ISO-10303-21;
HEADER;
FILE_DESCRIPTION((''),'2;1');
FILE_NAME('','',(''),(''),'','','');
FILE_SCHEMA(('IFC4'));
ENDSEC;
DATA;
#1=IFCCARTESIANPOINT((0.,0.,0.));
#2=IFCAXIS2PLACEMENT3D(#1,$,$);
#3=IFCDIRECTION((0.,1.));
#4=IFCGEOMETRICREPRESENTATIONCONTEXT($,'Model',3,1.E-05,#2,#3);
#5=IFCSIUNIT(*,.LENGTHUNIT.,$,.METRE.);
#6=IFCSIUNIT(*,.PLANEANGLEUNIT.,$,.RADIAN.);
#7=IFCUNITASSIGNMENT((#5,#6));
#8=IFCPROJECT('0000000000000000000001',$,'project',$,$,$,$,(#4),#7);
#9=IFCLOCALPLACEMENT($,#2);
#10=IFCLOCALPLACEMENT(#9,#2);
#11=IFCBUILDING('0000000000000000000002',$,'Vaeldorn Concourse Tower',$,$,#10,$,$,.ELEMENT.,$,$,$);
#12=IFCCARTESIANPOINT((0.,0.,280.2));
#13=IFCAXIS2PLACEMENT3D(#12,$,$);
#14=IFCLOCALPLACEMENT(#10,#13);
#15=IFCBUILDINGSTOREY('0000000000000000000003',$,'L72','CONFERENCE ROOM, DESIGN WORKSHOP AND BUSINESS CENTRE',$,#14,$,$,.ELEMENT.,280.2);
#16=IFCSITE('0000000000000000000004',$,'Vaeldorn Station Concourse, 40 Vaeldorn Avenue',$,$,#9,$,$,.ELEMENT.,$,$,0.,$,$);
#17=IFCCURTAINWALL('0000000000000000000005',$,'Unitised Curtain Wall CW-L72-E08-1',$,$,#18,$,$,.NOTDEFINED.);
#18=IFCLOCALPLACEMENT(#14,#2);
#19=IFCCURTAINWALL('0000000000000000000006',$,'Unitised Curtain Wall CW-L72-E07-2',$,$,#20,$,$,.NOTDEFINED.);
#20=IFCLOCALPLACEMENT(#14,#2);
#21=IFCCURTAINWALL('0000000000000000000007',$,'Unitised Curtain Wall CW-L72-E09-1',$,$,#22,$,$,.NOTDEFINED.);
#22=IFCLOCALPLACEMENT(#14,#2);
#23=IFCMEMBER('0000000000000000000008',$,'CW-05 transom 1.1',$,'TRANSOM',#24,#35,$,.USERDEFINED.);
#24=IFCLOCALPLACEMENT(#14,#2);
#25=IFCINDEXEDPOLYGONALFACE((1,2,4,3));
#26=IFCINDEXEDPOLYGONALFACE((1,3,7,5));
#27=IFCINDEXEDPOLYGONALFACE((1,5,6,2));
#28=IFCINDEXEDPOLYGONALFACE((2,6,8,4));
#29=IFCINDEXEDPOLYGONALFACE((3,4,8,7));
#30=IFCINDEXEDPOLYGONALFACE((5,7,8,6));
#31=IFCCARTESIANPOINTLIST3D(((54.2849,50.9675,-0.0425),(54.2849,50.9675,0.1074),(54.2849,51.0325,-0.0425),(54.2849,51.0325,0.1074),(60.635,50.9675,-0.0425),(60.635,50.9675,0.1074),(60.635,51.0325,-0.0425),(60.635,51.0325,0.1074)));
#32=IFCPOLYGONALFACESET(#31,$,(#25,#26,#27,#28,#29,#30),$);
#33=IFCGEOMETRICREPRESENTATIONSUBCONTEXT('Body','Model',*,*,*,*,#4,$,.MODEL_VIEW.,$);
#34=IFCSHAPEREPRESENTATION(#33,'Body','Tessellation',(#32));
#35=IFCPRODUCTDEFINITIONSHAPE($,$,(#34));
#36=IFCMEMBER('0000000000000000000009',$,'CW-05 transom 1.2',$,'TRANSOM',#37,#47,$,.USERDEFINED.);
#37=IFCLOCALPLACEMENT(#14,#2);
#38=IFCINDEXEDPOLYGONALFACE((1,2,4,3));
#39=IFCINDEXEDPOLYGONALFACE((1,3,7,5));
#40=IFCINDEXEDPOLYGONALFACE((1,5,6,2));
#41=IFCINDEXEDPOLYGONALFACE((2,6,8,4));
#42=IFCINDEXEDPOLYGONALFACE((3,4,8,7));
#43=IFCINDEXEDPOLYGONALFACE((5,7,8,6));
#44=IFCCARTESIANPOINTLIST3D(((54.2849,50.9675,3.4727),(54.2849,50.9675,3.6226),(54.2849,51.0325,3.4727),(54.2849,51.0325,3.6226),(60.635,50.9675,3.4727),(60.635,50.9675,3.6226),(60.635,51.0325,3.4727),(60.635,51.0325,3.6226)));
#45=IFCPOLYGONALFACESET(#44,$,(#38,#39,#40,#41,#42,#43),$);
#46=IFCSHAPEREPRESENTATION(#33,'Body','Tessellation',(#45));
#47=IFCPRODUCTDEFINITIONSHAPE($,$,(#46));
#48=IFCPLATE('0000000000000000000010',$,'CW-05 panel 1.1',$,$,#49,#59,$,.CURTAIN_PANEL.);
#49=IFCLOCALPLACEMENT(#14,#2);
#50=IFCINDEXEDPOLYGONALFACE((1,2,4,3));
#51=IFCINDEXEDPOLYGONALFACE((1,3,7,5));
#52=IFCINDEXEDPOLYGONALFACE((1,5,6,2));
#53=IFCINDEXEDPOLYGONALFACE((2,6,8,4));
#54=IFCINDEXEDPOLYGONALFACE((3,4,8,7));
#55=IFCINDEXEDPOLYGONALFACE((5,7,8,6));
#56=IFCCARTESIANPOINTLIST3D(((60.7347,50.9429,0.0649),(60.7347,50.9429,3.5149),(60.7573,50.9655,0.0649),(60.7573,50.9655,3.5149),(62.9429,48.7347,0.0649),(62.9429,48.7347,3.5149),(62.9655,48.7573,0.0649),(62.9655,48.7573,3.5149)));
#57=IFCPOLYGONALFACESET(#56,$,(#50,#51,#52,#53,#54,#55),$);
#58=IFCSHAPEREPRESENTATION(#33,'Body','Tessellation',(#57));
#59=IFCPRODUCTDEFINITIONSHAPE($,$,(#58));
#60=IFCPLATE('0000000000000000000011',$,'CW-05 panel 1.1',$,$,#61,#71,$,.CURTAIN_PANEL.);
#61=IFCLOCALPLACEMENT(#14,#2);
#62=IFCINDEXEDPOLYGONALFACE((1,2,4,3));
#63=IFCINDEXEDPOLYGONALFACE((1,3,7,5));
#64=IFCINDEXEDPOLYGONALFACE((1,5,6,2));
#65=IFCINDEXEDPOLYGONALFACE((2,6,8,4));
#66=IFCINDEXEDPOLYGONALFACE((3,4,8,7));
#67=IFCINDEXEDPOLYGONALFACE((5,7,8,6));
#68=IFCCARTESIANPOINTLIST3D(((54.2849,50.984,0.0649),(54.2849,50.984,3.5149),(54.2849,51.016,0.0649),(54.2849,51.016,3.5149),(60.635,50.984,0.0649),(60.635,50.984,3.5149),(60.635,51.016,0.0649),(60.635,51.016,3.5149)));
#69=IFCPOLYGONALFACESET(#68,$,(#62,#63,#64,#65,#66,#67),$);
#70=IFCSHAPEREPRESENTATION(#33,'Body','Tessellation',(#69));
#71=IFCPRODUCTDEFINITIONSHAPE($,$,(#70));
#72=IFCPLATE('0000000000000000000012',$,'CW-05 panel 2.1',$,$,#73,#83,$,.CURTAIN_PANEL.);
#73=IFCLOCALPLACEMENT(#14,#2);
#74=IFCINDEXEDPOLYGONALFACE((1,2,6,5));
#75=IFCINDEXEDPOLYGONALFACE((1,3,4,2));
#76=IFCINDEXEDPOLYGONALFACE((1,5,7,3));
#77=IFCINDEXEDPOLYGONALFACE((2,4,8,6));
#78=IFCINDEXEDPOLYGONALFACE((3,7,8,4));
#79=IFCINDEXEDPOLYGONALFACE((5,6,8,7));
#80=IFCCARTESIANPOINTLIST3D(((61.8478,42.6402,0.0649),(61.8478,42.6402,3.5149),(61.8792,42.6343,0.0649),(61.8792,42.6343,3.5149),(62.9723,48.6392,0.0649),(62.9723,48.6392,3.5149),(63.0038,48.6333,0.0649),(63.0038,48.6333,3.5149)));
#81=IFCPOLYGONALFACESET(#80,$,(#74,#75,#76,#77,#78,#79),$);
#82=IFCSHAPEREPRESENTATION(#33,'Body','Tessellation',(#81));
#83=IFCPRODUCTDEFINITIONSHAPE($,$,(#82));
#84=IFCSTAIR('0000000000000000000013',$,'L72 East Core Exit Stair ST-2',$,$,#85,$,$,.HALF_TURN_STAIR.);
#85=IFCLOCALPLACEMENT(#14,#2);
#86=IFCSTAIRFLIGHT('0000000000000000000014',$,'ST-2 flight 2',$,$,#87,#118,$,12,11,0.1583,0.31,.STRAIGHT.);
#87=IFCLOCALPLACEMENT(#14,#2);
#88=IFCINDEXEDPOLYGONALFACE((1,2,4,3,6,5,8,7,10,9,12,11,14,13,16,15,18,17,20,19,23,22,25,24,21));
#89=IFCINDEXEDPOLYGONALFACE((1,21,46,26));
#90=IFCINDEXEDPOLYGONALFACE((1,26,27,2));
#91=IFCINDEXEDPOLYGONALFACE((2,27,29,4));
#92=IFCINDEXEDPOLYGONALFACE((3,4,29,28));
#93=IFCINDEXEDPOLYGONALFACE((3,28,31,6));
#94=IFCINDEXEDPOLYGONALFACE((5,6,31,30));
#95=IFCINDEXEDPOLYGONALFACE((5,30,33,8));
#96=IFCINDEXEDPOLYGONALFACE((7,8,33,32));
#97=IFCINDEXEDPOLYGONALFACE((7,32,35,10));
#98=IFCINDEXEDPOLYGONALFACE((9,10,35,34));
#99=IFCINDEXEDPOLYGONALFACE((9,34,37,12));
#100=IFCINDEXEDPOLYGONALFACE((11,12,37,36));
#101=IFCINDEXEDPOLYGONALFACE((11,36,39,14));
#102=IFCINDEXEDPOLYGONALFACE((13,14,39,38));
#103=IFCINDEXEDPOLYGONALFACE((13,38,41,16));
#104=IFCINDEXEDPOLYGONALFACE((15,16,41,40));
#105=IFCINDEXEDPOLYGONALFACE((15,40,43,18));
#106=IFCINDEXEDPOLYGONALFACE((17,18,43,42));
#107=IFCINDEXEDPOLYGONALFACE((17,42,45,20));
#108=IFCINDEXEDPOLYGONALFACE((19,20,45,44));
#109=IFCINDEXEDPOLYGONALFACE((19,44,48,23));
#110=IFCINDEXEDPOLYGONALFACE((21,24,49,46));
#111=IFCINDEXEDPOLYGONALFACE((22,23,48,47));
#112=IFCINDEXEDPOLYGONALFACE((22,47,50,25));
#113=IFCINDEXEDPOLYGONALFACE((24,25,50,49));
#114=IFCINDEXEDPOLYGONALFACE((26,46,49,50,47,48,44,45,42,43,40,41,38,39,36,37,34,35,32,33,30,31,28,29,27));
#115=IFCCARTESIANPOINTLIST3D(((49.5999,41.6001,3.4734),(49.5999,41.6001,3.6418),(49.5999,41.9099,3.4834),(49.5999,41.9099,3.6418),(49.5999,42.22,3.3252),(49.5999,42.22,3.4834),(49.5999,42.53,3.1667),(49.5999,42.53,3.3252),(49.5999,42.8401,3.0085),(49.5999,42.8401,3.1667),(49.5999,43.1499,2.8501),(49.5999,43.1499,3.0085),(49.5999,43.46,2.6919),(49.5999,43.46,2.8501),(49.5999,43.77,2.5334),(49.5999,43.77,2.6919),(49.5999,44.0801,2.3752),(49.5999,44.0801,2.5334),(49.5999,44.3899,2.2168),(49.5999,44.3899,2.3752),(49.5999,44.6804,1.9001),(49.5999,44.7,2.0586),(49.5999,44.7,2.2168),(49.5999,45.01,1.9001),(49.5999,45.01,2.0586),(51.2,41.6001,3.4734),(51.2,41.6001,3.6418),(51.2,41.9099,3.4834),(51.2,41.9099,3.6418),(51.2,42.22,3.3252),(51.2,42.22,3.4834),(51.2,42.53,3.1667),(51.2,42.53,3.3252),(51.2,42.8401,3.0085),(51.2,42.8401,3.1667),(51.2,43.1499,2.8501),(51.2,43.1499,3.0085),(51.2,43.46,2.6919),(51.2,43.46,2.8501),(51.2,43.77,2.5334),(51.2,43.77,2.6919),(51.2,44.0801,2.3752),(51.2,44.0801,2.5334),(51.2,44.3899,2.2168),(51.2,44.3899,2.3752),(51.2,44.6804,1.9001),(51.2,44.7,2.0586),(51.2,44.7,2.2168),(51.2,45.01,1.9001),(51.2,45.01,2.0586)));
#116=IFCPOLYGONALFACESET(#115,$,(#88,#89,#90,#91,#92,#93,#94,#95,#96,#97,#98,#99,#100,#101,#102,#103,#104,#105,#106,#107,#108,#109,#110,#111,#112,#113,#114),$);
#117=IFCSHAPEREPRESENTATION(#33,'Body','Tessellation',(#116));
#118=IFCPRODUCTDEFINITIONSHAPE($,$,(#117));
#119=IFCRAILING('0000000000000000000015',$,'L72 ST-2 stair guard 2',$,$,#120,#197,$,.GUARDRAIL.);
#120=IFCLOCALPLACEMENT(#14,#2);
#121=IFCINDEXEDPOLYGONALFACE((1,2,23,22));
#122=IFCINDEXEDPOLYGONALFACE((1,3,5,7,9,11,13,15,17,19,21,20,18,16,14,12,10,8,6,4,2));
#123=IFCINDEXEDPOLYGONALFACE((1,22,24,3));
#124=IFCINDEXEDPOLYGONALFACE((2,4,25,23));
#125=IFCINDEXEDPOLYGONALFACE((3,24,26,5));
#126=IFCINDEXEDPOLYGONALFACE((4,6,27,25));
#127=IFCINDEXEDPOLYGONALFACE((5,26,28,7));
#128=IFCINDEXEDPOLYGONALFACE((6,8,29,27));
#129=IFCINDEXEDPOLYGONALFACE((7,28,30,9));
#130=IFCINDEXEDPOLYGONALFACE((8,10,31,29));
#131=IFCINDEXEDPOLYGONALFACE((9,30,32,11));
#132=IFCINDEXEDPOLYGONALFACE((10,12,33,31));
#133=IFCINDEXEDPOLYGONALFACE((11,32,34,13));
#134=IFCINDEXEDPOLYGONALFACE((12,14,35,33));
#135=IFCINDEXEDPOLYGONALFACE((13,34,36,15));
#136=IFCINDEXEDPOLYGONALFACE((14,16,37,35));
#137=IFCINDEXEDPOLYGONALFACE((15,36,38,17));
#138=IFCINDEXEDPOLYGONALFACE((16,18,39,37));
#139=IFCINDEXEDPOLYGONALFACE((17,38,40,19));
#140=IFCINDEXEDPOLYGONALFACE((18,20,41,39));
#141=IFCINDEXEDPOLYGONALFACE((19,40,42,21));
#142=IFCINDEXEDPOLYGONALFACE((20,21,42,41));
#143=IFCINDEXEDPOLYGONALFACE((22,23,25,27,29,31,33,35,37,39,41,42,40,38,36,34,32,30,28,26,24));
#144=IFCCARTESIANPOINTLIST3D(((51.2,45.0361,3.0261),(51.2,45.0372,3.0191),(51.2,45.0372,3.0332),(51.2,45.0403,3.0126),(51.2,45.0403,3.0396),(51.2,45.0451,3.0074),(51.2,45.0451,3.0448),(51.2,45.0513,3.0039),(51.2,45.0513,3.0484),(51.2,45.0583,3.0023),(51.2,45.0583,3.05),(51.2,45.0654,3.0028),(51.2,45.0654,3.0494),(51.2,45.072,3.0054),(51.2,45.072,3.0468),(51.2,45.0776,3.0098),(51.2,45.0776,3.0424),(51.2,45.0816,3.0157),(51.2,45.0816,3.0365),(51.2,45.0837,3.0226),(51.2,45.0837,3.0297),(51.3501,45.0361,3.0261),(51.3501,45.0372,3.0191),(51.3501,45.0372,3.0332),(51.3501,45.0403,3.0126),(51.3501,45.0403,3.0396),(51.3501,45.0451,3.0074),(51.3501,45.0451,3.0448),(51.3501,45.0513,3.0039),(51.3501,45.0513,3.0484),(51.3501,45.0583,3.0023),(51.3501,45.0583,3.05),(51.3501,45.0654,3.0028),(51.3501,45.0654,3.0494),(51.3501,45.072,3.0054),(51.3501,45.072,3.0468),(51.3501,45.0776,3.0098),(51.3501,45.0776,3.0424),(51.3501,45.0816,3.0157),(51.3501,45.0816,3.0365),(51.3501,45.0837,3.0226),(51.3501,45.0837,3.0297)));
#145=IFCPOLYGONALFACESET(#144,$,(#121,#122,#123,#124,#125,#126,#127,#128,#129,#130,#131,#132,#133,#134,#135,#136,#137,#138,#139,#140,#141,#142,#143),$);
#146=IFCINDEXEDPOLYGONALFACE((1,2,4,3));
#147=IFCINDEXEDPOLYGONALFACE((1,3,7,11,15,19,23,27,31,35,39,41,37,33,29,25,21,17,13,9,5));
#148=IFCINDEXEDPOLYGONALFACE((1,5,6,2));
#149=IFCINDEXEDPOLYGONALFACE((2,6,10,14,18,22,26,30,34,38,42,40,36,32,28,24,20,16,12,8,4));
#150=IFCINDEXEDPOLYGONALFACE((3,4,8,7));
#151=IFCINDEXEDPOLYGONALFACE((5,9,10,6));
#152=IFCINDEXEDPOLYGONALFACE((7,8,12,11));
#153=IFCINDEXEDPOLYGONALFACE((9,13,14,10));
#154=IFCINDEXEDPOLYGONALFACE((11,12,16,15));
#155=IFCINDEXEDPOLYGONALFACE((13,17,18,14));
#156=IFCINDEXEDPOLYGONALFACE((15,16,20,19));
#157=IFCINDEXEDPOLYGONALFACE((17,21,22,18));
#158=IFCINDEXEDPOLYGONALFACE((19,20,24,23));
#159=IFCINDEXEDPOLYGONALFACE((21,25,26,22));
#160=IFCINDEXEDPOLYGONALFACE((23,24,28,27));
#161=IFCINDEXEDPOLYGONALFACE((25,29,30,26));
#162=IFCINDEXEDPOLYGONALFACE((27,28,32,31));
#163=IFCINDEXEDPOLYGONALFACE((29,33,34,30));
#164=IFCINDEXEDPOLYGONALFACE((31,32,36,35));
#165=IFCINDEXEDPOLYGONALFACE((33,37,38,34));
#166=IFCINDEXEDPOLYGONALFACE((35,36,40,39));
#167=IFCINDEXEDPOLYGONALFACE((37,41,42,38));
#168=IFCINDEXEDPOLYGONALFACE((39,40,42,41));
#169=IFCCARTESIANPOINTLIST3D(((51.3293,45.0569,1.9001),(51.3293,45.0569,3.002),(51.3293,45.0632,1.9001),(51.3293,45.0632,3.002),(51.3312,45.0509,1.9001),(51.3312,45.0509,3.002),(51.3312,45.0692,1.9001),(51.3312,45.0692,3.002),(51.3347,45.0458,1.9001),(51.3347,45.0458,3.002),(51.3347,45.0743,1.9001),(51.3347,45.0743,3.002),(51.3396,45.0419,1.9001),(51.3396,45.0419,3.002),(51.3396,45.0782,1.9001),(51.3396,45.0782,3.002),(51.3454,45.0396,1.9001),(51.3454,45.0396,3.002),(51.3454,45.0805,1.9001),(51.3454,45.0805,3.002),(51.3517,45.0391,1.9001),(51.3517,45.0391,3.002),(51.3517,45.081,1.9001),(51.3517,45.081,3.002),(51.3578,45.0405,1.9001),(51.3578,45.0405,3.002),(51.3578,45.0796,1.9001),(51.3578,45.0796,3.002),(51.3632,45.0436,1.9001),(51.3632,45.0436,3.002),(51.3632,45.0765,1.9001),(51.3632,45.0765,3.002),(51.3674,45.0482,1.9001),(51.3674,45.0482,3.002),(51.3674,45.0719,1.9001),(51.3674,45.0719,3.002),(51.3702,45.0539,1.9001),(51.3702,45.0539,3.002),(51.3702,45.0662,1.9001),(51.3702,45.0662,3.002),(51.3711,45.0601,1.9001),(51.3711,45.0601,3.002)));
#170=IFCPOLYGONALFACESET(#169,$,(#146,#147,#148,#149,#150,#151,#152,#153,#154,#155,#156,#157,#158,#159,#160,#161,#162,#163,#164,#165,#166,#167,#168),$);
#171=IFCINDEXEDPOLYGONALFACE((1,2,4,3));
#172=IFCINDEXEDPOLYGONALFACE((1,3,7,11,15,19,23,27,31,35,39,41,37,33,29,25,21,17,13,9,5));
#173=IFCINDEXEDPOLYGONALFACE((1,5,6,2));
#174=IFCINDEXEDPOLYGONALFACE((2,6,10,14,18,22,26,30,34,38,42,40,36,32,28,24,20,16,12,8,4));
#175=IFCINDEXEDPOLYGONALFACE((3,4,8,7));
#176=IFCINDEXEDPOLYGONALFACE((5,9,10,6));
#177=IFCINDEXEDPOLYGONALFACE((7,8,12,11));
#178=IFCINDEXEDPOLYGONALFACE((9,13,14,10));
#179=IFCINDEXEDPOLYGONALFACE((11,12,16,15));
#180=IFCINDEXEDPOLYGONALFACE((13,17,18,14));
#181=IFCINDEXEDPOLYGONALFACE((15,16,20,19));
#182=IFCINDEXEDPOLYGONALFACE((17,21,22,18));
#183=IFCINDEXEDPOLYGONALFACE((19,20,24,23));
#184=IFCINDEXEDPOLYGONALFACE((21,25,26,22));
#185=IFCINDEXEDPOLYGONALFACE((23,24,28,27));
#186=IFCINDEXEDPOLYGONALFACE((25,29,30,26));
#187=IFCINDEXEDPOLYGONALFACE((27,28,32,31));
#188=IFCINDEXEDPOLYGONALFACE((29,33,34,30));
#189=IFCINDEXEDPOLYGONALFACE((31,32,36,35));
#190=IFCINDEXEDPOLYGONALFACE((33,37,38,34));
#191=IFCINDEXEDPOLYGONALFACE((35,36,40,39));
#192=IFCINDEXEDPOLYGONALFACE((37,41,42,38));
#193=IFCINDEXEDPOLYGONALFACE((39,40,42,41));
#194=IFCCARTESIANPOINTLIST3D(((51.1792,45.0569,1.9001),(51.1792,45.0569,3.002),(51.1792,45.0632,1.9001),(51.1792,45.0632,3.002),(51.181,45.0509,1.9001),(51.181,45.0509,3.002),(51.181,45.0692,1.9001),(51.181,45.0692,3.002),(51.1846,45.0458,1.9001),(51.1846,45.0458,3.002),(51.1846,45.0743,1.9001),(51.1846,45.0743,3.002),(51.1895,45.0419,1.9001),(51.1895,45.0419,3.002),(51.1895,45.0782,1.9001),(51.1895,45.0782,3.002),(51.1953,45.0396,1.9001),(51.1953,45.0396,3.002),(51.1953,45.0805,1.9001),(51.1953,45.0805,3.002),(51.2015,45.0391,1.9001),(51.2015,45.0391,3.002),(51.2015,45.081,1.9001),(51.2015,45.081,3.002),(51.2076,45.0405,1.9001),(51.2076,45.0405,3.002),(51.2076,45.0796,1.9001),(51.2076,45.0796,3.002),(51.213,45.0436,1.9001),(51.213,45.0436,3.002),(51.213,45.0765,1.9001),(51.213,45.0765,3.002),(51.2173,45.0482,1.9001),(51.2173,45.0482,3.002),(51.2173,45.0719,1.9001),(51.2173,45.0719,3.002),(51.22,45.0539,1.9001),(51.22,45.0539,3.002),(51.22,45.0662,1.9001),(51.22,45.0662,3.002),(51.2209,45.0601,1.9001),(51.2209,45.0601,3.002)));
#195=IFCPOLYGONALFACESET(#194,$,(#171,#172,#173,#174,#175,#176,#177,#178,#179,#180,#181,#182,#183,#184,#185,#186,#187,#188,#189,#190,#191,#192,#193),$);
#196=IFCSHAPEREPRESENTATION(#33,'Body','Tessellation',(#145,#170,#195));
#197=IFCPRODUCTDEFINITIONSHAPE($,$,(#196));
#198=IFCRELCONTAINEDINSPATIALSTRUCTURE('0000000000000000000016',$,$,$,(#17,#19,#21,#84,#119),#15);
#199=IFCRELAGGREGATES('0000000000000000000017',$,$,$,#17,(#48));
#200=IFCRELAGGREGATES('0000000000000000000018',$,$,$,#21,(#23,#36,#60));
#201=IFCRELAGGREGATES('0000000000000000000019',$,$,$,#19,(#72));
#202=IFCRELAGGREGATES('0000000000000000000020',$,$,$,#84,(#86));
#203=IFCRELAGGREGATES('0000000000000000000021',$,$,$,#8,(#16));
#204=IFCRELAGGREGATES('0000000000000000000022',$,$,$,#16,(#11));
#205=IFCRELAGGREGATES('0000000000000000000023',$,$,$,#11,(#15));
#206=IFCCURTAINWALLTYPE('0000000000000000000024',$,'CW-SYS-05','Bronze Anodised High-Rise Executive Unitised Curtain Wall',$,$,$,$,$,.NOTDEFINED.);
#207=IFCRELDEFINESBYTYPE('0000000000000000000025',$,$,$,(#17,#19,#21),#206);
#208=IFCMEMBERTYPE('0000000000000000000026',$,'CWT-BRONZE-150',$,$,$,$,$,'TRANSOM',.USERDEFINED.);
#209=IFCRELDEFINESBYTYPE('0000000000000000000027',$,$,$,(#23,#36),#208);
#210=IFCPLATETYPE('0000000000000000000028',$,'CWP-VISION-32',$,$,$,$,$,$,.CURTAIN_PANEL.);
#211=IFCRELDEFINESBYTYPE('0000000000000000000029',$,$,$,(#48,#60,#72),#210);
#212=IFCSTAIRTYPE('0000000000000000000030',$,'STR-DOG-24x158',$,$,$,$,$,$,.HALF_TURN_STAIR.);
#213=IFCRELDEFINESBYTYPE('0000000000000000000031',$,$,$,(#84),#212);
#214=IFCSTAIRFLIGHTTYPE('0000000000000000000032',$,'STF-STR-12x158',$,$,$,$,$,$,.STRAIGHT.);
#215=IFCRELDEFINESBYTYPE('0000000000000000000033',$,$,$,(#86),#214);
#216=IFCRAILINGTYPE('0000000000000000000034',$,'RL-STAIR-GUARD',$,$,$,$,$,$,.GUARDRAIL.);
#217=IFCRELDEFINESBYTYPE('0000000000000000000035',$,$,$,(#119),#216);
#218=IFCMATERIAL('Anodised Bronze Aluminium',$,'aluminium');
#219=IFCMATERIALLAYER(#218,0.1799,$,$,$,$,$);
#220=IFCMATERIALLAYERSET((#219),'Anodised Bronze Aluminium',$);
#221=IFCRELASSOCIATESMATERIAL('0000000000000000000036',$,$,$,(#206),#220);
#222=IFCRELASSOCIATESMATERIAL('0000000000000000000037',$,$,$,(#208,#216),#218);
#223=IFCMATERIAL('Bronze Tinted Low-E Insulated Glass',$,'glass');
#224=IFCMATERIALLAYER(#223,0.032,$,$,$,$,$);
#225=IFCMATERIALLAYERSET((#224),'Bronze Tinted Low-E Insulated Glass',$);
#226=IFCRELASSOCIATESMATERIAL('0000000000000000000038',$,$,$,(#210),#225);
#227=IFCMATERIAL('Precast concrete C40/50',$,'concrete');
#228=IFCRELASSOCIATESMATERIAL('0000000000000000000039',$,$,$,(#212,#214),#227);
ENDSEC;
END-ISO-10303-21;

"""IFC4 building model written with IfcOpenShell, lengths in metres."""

from ifc_helpers import new_model, si_unit, direction, frame, origin, origin_2d, place, context, subcontext, project, spatial, polyline, rectangle, circle, outline, extrude, source, transform, mapped, material, layer, layer_set, material_profile, profile_set, type_object, element, aggregate, save


model = new_model("IFC4")

# Units and contexts
model_context = context("Model", 3, precision=1e-05, world=origin(), true_north=direction((0.0, 1.0)))
body_context = subcontext(model_context, "Body", "Model", "MODEL_VIEW")
ifc_project = project(units=[si_unit("LENGTHUNIT", "METRE"), si_unit("PLANEANGLEUNIT", "RADIAN")], contexts=[model_context])

# Site, building, storey
site_placement = place(None, origin())
site = spatial("IfcSite", under=ifc_project, at=site_placement, Name="Vaeldorn Station Concourse, 40 Vaeldorn Avenue", CompositionType="ELEMENT", RefElevation=0.0)
building_placement = place(site_placement, origin())
building = spatial("IfcBuilding", under=site, at=building_placement, Name="Vaeldorn Concourse Tower", CompositionType="ELEMENT")
storey_placement = place(building_placement, frame((0.0, 0.0, 280.2)))
storey = spatial("IfcBuildingStorey", under=building, at=storey_placement, Name="L72", Description="CONFERENCE ROOM, DESIGN WORKSHOP AND BUSINESS CENTRE", CompositionType="ELEMENT", Elevation=280.2)

# Curtain wall
ifc_material_1 = material(Name="Anodised Bronze Aluminium", Category="aluminium")
ifc_layer_1 = layer(ifc_material_1, 0.1799)
ifc_layer_set_1 = layer_set([ifc_layer_1], Name="Anodised Bronze Aluminium")
curtain_wall_type = type_object("IfcCurtainWallType", Name="CW-SYS-05", Description="Bronze Anodised High-Rise Executive Unitised Curtain Wall", PredefinedType="NOTDEFINED", material=ifc_layer_set_1)
curtain_wall_1_placement = place(storey_placement, origin())
curtain_wall_1 = element("IfcCurtainWall", 1, at=curtain_wall_1_placement, inside=storey, type_object=curtain_wall_type, Name="Unitised Curtain Wall CW-L72-E08-1", PredefinedType="NOTDEFINED")
ifc_material_profile_1 = material_profile(ifc_material_1, rectangle(XDim=0.0649, YDim=0.1499, at=origin_2d()), Name="CWT 65x150")
ifc_profile_set_1 = profile_set([ifc_material_profile_1], Name="Anodised Bronze Aluminium")
member_type_1 = type_object("IfcMemberType", Name="CWT-BRONZE-150", ElementType="TRANSOM", PredefinedType="USERDEFINED", material=ifc_profile_set_1)

# Curtain wall
curtain_wall_2_placement = place(storey_placement, origin())
curtain_wall_2 = element("IfcCurtainWall", 2, at=curtain_wall_2_placement, inside=storey, type_object=curtain_wall_type, Name="Unitised Curtain Wall CW-L72-E07-2", PredefinedType="NOTDEFINED")

# Curtain wall, members
curtain_wall_3_placement = place(storey_placement, origin())
curtain_wall_3 = element("IfcCurtainWall", 3, at=curtain_wall_3_placement, inside=storey, type_object=curtain_wall_type, Name="Unitised Curtain Wall CW-L72-E09-1", PredefinedType="NOTDEFINED")
shared_shape_1 = source(origin(), body_context, "Body", "SweptSolid", [
    extrude(rectangle(XDim=0.0649, YDim=0.1499, at=origin_2d()), origin(), (0.0, 0.0, 1.0), 6.3501),
])
member_1_placement = place(storey_placement, frame((60.635, 51.0, 0.0325), z_axis=(-1.0, 0.0, 0.0), x_axis=(0.0, -1.0, 0.0)))
member_1 = element("IfcMember", 4, at=member_1_placement, type_object=member_type_1, Name="CW-05 transom 1.1", ObjectType="TRANSOM", PredefinedType="USERDEFINED", context=body_context, shape_type="MappedRepresentation", body=[
    mapped(shared_shape_1, transform((0.0, 0.0, 0.0), scale=1.0)),
])
member_2_placement = place(storey_placement, frame((60.635, 51.0, 3.5476), z_axis=(-1.0, 0.0, 0.0), x_axis=(0.0, -1.0, 0.0)))
member_2 = element("IfcMember", 5, at=member_2_placement, type_object=member_type_1, Name="CW-05 transom 1.2", ObjectType="TRANSOM", PredefinedType="USERDEFINED", context=body_context, shape_type="MappedRepresentation", body=[
    mapped(shared_shape_1, transform((0.0, 0.0, 0.0), scale=1.0)),
])

# Plates
ifc_material_2 = material(Name="Bronze Tinted Low-E Insulated Glass", Category="glass")
ifc_layer_2 = layer(ifc_material_2, 0.032)
ifc_layer_set_2 = layer_set([ifc_layer_2], Name="Bronze Tinted Low-E Insulated Glass")
plate_type = type_object("IfcPlateType", Name="CWP-VISION-32", PredefinedType="CURTAIN_PANEL", material=ifc_layer_set_2)
shared_shape_2 = source(origin(), body_context, "Body", "SweptSolid", [
    extrude(rectangle(XDim=3.1228, YDim=0.032, at=origin_2d()), origin(), (0.0, 0.0, 1.0), 3.45),
])
plate_1_placement = place(storey_placement, frame((61.8501, 49.8501, 0.0649), z_axis=(0.0, 0.0, 1.0), x_axis=(-0.707107, 0.707107, 0.0)))
plate_1 = element("IfcPlate", 6, at=plate_1_placement, type_object=plate_type, Name="CW-05 panel 1.1", PredefinedType="CURTAIN_PANEL", context=body_context, shape_type="MappedRepresentation", body=[
    mapped(shared_shape_2, transform((0.0, 0.0, 0.0), scale=1.0)),
])
aggregate(curtain_wall_1, [plate_1])
shared_shape_3 = source(origin(), body_context, "Body", "SweptSolid", [
    extrude(rectangle(XDim=6.3501, YDim=0.032, at=origin_2d()), origin(), (0.0, 0.0, 1.0), 3.45),
])
plate_2_placement = place(storey_placement, frame((57.46, 51.0, 0.0649), z_axis=(0.0, 0.0, 1.0), x_axis=(-1.0, 0.0, 0.0)))
plate_2 = element("IfcPlate", 7, at=plate_2_placement, type_object=plate_type, Name="CW-05 panel 1.1", PredefinedType="CURTAIN_PANEL", context=body_context, shape_type="MappedRepresentation", body=[
    mapped(shared_shape_3, transform((0.0, 0.0, 0.0), scale=1.0)),
])
aggregate(curtain_wall_3, [member_1, member_2, plate_2])
shared_shape_4 = source(origin(), body_context, "Body", "SweptSolid", [
    extrude(rectangle(XDim=6.1035, YDim=0.032, at=origin_2d()), origin(), (0.0, 0.0, 1.0), 3.45),
])
plate_3_placement = place(storey_placement, frame((62.4258, 45.6367, 0.0649), z_axis=(0.0, 0.0, 1.0), x_axis=(0.184246, 0.98288, 0.0)))
plate_3 = element("IfcPlate", 8, at=plate_3_placement, type_object=plate_type, Name="CW-05 panel 2.1", PredefinedType="CURTAIN_PANEL", context=body_context, shape_type="MappedRepresentation", body=[
    mapped(shared_shape_4, transform((0.0, 0.0, 0.0), scale=1.0)),
])
aggregate(curtain_wall_2, [plate_3])

# Stair, stair flight
ifc_material_3 = material(Name="Precast concrete C40/50", Category="concrete")
stair_type = type_object("IfcStairType", Name="STR-DOG-24x158", PredefinedType="HALF_TURN_STAIR", material=ifc_material_3)
stair_placement = place(storey_placement, origin())
stair = element("IfcStair", 9, at=stair_placement, inside=storey, type_object=stair_type, Name="L72 East Core Exit Stair ST-2", PredefinedType="HALF_TURN_STAIR")
stair_flight_type = type_object("IfcStairFlightType", Name="STF-STR-12x158", PredefinedType="STRAIGHT", material=ifc_material_3)
stair_flight_placement = place(storey_placement, frame((50.3999, 45.01, 1.9001), z_axis=(0.0, 0.0, 1.0), x_axis=(0.0, -1.0, 0.0)))
stair_flight = element("IfcStairFlight", 10, at=stair_flight_placement, type_object=stair_flight_type, Name="ST-2 flight 2", NumberOfRisers=12, NumberOfTreads=11, PredefinedType="STRAIGHT", RiserHeight=0.1583, TreadLength=0.31, context=body_context, shape_type="SweptSolid", body=[
    extrude(outline(polyline([(0.0, 0.0), (0.0, 0.1584), (0.3101, 0.1584), (0.3101, 0.3167), (0.6201, 0.3167), (0.6201, 0.4751), (0.9299, 0.4751), (0.9299, 0.6333), (1.24, 0.6333), (1.24, 0.7917), (1.55, 0.7917), (1.55, 0.95), (1.8601, 0.95), (1.8601, 1.1084), (2.1699, 1.1084), (2.1699, 1.2666), (2.48, 1.2666), (2.48, 1.425), (2.79, 1.425), (2.79, 1.5833), (3.1001, 1.5833), (3.1001, 1.7417), (3.4099, 1.7417), (3.4099, 1.8999), (3.4099, 1.5732), (0.3296, 0.0), (0.0, 0.0)])), frame((0.0, 0.8, 0.0), z_axis=(0.0, -1.0, 0.0), x_axis=(1.0, 0.0, 0.0)), (0.0, 0.0, 1.0), 1.6001),
])
aggregate(stair, [stair_flight])

# Railing
railing_type_1 = type_object("IfcRailingType", Name="RL-STAIR-GUARD", PredefinedType="GUARDRAIL", material=ifc_material_1)
railing_1_placement = place(storey_placement, frame((51.3501, 45.0601, 1.9001)))
element("IfcRailing", 11, at=railing_1_placement, inside=storey, type_object=railing_type_1, Name="L72 ST-2 stair guard 2", PredefinedType="GUARDRAIL", context=body_context, shape_type="SweptSolid", body=[
    extrude(circle(Radius=0.0239, at=origin_2d()), frame((0.0, 0.0, 1.126), z_axis=(-1.0, 0.0, 0.0), x_axis=(0.0, -1.0, 0.0)), (0.0, 0.0, 1.0), 0.1501),
    extrude(circle(Radius=0.021, at=origin_2d()), origin(), (0.0, 0.0, 1.0), 1.1018),
    extrude(circle(Radius=0.021, at=origin_2d()), frame((-0.1501, 0.0, 0.0)), (0.0, 0.0, 1.0), 1.1018),
])

save(model, "model.ifc")
